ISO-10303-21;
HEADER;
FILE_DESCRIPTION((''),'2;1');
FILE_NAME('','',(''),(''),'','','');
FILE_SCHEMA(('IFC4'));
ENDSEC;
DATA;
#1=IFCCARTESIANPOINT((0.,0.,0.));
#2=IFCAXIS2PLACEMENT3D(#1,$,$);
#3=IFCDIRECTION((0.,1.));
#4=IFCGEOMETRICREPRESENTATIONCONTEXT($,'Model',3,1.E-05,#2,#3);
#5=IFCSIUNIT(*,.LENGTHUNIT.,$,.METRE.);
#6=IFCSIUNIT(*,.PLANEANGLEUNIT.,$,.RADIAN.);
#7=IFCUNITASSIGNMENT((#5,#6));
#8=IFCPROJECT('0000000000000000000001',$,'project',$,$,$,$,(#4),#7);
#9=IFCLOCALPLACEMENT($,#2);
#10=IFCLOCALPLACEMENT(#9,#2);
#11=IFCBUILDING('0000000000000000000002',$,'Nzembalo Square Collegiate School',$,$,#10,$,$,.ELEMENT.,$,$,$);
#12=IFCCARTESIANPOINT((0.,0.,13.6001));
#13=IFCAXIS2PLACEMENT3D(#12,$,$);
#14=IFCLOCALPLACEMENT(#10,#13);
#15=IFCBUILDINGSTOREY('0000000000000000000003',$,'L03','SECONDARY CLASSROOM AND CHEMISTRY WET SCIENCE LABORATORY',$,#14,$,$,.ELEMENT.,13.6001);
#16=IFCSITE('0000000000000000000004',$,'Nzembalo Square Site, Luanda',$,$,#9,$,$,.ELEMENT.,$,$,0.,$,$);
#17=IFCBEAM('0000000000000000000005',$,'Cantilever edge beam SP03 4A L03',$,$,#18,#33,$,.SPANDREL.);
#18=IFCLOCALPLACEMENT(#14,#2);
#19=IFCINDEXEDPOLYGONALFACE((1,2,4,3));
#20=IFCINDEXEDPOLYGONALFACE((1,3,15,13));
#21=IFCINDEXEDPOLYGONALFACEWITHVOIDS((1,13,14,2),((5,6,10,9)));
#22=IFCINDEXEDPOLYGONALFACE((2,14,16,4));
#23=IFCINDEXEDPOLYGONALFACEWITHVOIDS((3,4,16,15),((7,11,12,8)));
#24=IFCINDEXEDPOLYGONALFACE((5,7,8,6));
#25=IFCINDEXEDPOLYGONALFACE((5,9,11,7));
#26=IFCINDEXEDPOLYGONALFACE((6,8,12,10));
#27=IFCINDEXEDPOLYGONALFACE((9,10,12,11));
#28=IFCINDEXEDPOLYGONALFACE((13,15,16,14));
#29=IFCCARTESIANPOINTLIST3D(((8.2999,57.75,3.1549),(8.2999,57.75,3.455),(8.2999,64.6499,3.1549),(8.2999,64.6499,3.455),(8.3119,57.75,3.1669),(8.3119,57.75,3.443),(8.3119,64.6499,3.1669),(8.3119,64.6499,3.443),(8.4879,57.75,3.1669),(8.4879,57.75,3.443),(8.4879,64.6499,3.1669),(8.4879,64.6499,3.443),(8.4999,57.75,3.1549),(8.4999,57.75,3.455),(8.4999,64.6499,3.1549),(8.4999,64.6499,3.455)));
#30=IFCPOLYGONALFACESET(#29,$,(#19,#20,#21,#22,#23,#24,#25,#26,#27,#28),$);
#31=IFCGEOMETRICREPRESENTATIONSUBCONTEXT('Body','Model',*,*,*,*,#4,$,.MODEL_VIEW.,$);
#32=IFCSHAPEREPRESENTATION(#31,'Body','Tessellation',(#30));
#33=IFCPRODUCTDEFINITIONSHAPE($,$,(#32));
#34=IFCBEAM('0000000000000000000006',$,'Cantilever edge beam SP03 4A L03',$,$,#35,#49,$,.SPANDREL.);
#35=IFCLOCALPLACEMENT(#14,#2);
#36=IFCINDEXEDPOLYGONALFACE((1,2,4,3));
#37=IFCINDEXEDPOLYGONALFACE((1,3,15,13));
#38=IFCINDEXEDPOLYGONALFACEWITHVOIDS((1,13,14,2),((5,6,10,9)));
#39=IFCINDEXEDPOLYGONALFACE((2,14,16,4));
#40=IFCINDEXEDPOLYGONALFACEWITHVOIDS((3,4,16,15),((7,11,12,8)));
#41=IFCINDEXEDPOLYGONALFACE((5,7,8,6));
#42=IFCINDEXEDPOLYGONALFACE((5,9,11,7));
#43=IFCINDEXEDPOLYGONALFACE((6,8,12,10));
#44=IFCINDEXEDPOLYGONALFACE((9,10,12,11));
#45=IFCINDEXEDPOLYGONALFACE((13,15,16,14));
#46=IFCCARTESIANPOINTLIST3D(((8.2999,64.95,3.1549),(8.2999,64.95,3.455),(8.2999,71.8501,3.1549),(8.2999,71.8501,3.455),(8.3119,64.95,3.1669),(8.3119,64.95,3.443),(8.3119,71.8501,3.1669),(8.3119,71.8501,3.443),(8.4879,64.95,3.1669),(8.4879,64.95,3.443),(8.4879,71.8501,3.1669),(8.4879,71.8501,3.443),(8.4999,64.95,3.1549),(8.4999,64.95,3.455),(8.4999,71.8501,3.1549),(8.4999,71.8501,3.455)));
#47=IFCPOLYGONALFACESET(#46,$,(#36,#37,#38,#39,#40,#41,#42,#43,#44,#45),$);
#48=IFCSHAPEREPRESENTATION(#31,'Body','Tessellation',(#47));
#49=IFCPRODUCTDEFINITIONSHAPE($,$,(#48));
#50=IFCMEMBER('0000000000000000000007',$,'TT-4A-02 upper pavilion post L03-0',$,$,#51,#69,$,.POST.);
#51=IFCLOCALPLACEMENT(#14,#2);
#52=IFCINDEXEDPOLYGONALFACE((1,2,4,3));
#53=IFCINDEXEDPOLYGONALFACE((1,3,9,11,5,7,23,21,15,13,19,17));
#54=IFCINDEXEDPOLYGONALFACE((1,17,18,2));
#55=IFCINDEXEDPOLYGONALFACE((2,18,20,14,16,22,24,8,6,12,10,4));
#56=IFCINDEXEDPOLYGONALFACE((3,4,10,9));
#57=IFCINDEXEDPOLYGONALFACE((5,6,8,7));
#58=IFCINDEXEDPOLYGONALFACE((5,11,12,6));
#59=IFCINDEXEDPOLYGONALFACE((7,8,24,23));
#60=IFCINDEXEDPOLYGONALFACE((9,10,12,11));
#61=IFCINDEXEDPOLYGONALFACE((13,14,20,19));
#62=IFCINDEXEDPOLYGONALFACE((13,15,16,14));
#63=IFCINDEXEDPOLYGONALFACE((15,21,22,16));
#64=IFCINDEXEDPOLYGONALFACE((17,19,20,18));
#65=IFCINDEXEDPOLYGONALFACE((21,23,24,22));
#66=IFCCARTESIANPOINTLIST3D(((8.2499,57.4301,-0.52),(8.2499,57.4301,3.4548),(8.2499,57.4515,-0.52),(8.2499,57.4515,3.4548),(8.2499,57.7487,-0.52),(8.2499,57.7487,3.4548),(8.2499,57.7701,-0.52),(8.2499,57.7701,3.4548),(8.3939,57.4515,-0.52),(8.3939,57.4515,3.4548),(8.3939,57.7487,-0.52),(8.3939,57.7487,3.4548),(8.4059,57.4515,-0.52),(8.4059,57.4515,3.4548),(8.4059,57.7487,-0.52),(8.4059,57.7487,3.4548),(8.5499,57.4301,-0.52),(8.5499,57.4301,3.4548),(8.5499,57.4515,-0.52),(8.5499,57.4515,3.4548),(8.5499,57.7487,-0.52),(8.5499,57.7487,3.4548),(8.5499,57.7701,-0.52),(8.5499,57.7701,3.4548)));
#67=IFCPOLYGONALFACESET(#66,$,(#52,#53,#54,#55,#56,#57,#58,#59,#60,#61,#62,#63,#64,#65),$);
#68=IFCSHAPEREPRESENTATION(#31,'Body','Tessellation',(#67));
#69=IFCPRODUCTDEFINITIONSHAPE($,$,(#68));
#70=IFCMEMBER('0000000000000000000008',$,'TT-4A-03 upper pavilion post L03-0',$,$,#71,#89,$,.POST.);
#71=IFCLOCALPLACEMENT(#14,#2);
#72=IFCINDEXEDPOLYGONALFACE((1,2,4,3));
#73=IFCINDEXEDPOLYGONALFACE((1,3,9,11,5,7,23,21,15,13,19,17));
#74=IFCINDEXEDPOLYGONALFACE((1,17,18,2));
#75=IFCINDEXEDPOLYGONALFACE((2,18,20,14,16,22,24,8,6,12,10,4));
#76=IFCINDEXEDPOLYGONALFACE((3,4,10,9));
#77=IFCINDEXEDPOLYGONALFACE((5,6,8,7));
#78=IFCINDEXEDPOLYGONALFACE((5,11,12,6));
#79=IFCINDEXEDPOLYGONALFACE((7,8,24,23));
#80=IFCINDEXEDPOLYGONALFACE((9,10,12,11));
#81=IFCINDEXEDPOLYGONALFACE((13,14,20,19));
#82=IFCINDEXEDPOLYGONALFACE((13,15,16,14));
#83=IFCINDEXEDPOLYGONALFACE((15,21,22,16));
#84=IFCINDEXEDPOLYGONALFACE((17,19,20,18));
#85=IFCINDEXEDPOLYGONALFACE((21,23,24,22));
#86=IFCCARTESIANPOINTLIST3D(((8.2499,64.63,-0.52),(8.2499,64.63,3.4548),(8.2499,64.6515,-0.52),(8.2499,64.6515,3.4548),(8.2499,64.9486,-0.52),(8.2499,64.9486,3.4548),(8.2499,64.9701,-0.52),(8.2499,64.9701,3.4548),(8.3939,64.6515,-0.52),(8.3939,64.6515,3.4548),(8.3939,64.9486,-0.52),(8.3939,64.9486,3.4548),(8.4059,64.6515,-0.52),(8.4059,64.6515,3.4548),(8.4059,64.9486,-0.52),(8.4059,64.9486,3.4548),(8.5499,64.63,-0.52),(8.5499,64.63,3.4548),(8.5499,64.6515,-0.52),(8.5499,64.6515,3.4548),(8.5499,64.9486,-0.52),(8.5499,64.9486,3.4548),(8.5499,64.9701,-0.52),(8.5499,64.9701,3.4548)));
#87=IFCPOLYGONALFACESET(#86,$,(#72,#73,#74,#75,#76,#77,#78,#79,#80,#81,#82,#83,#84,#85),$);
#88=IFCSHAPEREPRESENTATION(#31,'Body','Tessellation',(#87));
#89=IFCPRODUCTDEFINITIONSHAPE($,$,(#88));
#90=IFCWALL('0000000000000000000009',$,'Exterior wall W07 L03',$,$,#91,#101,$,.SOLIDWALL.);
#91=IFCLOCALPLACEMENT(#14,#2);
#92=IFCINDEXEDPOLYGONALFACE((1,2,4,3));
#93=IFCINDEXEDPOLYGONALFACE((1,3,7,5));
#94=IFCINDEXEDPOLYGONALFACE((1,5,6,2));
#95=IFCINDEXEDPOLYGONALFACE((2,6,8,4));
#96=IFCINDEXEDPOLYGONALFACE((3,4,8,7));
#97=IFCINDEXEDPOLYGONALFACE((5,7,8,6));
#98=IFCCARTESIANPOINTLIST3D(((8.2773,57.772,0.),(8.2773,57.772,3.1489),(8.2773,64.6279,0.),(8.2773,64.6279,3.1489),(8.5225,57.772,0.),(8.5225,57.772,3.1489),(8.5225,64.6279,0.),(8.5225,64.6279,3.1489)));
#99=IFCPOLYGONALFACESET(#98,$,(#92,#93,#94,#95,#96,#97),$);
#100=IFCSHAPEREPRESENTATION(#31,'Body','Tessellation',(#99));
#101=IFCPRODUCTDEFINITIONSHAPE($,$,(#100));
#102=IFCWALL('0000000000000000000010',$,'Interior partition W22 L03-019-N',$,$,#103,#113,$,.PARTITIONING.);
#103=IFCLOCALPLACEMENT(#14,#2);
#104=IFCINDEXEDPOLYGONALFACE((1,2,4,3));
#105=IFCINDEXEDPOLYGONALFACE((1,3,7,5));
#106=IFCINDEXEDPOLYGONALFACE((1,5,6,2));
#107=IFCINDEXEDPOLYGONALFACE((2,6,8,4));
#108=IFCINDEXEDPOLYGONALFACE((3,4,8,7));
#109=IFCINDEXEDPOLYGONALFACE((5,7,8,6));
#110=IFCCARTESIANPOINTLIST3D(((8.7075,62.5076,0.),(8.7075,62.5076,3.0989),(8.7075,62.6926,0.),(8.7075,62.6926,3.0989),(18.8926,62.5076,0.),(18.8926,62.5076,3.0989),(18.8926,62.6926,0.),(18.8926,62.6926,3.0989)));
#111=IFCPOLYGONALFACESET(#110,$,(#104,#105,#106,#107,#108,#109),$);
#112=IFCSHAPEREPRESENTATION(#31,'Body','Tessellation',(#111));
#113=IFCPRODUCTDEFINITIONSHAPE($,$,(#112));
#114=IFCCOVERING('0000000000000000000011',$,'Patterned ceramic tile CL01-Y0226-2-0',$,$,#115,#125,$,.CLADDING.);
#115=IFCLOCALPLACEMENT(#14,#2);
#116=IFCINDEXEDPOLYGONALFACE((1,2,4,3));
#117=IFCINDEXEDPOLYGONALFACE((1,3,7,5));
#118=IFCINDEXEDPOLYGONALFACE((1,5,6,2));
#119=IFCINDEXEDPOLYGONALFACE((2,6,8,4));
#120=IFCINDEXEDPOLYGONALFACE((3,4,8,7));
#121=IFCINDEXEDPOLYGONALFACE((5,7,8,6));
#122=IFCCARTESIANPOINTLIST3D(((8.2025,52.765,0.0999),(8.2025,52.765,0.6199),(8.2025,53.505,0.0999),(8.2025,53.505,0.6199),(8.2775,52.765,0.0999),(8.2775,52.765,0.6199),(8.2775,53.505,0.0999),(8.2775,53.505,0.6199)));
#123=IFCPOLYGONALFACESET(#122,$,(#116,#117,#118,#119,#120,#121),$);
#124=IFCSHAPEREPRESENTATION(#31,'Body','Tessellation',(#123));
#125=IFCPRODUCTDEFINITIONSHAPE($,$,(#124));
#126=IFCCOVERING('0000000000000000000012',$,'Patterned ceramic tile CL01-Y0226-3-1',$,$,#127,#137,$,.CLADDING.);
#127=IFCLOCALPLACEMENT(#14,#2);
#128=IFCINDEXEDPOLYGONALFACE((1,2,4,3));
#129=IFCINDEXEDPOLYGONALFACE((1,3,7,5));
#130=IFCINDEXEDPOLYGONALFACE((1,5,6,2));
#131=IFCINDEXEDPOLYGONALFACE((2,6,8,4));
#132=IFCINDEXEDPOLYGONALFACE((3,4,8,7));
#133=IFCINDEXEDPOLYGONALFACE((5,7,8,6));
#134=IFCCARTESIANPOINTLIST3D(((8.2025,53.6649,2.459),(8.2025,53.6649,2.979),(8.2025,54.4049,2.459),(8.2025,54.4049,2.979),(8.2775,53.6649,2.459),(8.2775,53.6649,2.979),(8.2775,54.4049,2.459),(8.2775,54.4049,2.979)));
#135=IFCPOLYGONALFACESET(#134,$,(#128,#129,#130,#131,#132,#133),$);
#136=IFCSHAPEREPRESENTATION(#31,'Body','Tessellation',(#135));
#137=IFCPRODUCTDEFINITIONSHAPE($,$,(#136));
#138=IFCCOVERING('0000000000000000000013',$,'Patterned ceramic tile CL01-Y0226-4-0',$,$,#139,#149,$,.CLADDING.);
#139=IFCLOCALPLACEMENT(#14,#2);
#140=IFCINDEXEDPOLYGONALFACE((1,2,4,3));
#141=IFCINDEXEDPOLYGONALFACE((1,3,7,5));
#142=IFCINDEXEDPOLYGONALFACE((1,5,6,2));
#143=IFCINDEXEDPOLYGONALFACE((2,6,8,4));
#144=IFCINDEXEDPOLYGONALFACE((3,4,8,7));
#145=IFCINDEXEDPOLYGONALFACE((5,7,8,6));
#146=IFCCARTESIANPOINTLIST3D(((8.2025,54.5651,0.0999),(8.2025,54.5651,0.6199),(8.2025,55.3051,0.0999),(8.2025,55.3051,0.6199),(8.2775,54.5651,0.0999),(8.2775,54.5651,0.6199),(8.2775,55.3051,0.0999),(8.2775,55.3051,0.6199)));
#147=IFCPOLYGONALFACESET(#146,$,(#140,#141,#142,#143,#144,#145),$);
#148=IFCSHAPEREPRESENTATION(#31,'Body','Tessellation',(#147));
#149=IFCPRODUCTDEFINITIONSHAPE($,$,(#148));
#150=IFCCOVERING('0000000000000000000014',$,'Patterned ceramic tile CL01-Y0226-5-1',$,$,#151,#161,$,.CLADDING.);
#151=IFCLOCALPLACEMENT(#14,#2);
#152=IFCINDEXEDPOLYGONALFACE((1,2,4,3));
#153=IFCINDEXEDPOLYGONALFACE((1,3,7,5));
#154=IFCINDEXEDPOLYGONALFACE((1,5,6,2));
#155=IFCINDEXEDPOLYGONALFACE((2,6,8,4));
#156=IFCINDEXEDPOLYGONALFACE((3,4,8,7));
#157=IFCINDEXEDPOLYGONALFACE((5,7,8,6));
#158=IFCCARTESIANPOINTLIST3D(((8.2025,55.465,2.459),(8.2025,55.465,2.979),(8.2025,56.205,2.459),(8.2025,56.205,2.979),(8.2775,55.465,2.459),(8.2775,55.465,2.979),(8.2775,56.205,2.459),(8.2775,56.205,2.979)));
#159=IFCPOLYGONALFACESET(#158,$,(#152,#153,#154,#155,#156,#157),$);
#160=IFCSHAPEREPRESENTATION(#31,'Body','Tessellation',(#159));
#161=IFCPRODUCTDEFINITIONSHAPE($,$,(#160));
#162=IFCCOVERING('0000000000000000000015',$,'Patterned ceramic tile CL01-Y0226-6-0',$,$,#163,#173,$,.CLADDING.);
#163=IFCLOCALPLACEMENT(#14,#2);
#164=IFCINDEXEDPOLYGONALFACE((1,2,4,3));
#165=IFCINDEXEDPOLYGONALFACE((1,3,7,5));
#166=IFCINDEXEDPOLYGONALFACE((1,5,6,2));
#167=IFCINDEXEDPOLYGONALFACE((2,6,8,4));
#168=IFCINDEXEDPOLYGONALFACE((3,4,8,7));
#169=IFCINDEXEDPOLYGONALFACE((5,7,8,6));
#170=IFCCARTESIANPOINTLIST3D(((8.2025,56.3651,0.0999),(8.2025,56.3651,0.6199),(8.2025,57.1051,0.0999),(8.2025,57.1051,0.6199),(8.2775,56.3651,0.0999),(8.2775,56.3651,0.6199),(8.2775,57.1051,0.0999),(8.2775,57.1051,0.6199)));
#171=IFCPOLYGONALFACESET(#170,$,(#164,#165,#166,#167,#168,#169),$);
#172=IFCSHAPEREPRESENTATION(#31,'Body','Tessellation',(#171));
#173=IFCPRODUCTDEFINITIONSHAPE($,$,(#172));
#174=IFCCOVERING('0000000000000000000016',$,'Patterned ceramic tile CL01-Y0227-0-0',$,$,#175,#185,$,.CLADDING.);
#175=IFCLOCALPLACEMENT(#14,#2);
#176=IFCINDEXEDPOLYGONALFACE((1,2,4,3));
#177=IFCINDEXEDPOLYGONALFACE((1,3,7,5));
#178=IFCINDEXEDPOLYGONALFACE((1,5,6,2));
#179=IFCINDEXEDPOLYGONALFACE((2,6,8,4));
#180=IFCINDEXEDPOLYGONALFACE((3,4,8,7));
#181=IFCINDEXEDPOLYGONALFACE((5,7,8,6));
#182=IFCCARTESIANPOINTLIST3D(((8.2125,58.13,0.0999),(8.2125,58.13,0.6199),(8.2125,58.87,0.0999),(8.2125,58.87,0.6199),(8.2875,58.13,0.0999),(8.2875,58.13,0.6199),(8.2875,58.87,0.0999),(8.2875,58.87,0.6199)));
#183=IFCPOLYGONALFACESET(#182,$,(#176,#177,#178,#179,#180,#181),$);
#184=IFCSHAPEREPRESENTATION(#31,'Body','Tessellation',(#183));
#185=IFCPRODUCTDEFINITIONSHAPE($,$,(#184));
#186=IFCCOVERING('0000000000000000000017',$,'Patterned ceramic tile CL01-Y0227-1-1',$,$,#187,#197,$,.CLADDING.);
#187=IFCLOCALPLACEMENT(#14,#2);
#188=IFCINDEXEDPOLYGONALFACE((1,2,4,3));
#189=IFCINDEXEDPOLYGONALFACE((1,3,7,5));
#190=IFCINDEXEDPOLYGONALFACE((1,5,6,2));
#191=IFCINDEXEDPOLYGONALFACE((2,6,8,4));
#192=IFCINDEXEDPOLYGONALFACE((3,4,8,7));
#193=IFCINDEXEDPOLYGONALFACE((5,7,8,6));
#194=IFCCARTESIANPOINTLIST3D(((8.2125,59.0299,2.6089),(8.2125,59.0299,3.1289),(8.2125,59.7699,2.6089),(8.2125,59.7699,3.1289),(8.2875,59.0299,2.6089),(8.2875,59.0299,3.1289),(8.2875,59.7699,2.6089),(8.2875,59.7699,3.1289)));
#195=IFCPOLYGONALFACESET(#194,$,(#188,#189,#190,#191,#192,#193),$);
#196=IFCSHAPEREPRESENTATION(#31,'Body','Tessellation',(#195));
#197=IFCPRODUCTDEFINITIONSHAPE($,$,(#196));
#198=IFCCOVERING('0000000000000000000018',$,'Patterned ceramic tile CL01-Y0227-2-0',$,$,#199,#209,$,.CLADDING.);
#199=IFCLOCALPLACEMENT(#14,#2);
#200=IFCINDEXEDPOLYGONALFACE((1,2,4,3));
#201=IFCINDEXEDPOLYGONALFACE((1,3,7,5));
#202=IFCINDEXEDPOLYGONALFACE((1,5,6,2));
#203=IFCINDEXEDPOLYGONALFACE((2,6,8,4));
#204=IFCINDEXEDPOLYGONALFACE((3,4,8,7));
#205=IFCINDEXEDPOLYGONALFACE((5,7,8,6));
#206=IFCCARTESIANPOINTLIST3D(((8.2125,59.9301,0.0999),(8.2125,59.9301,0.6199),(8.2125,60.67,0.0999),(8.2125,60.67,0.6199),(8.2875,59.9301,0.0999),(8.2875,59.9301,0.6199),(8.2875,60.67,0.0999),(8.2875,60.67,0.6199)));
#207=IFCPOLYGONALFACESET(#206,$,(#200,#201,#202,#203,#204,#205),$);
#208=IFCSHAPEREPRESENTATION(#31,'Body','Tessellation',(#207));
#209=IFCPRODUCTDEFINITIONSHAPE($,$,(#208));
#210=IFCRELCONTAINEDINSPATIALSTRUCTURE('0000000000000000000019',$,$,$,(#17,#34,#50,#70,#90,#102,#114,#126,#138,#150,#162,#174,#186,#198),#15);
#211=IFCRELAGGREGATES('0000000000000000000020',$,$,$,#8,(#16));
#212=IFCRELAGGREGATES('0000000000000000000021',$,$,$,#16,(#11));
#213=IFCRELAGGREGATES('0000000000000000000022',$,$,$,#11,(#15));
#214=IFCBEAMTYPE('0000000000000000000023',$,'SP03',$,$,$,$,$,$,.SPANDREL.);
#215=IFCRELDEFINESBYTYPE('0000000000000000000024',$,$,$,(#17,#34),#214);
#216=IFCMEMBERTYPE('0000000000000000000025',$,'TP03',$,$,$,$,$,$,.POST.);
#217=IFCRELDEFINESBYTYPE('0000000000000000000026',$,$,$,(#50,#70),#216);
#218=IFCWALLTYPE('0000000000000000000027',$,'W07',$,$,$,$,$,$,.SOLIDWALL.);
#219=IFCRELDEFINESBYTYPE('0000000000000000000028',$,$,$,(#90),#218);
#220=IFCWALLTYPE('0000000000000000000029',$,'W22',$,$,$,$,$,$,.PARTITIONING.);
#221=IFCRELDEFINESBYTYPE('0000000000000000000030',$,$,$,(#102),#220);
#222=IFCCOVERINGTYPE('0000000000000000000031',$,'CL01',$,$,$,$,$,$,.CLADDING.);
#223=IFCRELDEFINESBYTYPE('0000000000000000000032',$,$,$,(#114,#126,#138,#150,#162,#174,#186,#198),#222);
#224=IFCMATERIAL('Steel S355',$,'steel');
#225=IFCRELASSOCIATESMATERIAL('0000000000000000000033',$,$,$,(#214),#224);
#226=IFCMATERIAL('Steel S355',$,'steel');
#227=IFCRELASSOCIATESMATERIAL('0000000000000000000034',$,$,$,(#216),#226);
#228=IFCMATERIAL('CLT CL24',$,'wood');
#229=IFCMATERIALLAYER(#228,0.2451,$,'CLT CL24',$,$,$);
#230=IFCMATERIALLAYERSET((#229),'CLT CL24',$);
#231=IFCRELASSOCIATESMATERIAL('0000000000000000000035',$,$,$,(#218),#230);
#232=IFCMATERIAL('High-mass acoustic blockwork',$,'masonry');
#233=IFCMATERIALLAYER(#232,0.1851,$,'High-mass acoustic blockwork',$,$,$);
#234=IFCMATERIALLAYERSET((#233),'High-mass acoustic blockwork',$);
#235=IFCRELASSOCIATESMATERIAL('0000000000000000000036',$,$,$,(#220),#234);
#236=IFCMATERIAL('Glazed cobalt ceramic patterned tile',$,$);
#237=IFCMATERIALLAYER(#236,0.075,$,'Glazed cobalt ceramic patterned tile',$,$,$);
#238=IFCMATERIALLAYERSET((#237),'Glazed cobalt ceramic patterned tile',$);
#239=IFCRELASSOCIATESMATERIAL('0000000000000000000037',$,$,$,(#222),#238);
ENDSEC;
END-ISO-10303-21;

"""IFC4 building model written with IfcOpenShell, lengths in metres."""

from ifc_helpers import new_model, si_unit, direction, frame, frame_2d, origin, origin_2d, place, context, subcontext, project, spatial, rectangle, hollow_rectangle, i_section, extrude, material, layer, layer_set, material_profile, profile_set, type_object, element, save


model = new_model("IFC4")

# Units and contexts
model_context = context("Model", 3, precision=1e-05, world=origin(), true_north=direction((0.0, 1.0)))
body_context = subcontext(model_context, "Body", "Model", "MODEL_VIEW")
ifc_project = project(units=[si_unit("LENGTHUNIT", "METRE"), si_unit("PLANEANGLEUNIT", "RADIAN")], contexts=[model_context])

# Site, building, storey
site_placement = place(None, origin())
site = spatial("IfcSite", under=ifc_project, at=site_placement, Name="Nzembalo Square Site, Luanda", CompositionType="ELEMENT", RefElevation=0.0)
building_placement = place(site_placement, origin())
building = spatial("IfcBuilding", under=site, at=building_placement, Name="Nzembalo Square Collegiate School", CompositionType="ELEMENT")
storey_placement = place(building_placement, frame((0.0, 0.0, 13.6001)))
storey = spatial("IfcBuildingStorey", under=building, at=storey_placement, Name="L03", Description="SECONDARY CLASSROOM AND CHEMISTRY WET SCIENCE LABORATORY", CompositionType="ELEMENT", Elevation=13.6001)

# Beams
ifc_material_1 = material(Name="Steel S355", Category="steel")
ifc_material_profile_1 = material_profile(ifc_material_1, hollow_rectangle(XDim=0.2, YDim=0.3, WallThickness=0.012, at=origin_2d()), Name="RHS 300x200x12")
ifc_profile_set_1 = profile_set([ifc_material_profile_1], Name="Steel S355")
beam_type = type_object("IfcBeamType", Name="SP03", PredefinedType="SPANDREL", material=ifc_profile_set_1)
beam_1_placement = place(storey_placement, frame((8.3999, 57.75, 3.3049), z_axis=(0.0, 1.0, 0.0), x_axis=(-1.0, 0.0, 0.0)))
element("IfcBeam", 1, at=beam_1_placement, inside=storey, type_object=beam_type, Name="Cantilever edge beam SP03 4A L03", PredefinedType="SPANDREL", context=body_context, shape_type="SweptSolid", body=[
    extrude(hollow_rectangle(XDim=0.2, YDim=0.3, WallThickness=0.012, at=origin_2d()), origin(), (0.0, 0.0, 1.0), 6.8999),
])
beam_2_placement = place(storey_placement, frame((8.3999, 64.95, 3.3049), z_axis=(0.0, 1.0, 0.0), x_axis=(-1.0, 0.0, 0.0)))
element("IfcBeam", 2, at=beam_2_placement, inside=storey, type_object=beam_type, Name="Cantilever edge beam SP03 4A L03", PredefinedType="SPANDREL", context=body_context, shape_type="SweptSolid", body=[
    extrude(hollow_rectangle(XDim=0.2, YDim=0.3, WallThickness=0.012, at=origin_2d()), origin(), (0.0, 0.0, 1.0), 6.9001),
])

# Members
ifc_material_2 = material(Name="Steel S355", Category="steel")
ifc_material_profile_2 = material_profile(ifc_material_2, i_section(OverallWidth=0.3, OverallDepth=0.3401, WebThickness=0.012, FlangeThickness=0.0215, at=origin_2d()), Name="HEB 340")
ifc_profile_set_2 = profile_set([ifc_material_profile_2], Name="Steel S355")
member_type = type_object("IfcMemberType", Name="TP03", PredefinedType="POST", material=ifc_profile_set_2)
for number, where, z_axis, x_axis, name in (
    (3, (8.3999, 57.6001, -0.52), (0.0, 0.0, 1.0), (1.0, 0.0, 0.0), "TT-4A-02 upper pavilion post L03-0"),
    (4, (8.3999, 64.8, -0.52), (0.0, 0.0, 1.0), (1.0, 0.0, 0.0), "TT-4A-03 upper pavilion post L03-0"),
):
    element("IfcMember", number, at=place(storey_placement, frame(where, z_axis=z_axis, x_axis=x_axis)), inside=storey, type_object=member_type, Name=name, PredefinedType="POST", context=body_context, shape_type="SweptSolid", body=[
        extrude(i_section(OverallWidth=0.3, OverallDepth=0.3401, WebThickness=0.012, FlangeThickness=0.0215, at=origin_2d()), origin(), (0.0, 0.0, 1.0), 3.9749),
    ])

# Walls
ifc_material_3 = material(Name="CLT CL24", Category="wood")
ifc_layer_1 = layer(ifc_material_3, 0.2451, Name="CLT CL24")
ifc_layer_set_1 = layer_set([ifc_layer_1], Name="CLT CL24")
wall_type_1 = type_object("IfcWallType", Name="W07", PredefinedType="SOLIDWALL", material=ifc_layer_set_1)
wall_1_placement = place(storey_placement, frame((8.3999, 57.772, 0.0), z_axis=(0.0, 0.0, 1.0), x_axis=(0.0, 1.0, 0.0)))
element("IfcWall", 5, at=wall_1_placement, inside=storey, type_object=wall_type_1, Name="Exterior wall W07 L03", PredefinedType="SOLIDWALL", context=body_context, shape_type="SweptSolid", body=[
    extrude(rectangle(XDim=6.856, YDim=0.2451, at=frame_2d((3.428, 0.0))), origin(), (0.0, 0.0, 1.0), 3.1489),
])
ifc_material_4 = material(Name="High-mass acoustic blockwork", Category="masonry")
ifc_layer_2 = layer(ifc_material_4, 0.1851, Name="High-mass acoustic blockwork")
ifc_layer_set_2 = layer_set([ifc_layer_2], Name="High-mass acoustic blockwork")
wall_type_2 = type_object("IfcWallType", Name="W22", PredefinedType="PARTITIONING", material=ifc_layer_set_2)
wall_2_placement = place(storey_placement, frame((8.7075, 62.6001, 0.0), z_axis=(0.0, 0.0, 1.0), x_axis=(1.0, 0.0, 0.0)))
element("IfcWall", 6, at=wall_2_placement, inside=storey, type_object=wall_type_2, Name="Interior partition W22 L03-019-N", PredefinedType="PARTITIONING", context=body_context, shape_type="SweptSolid", body=[
    extrude(rectangle(XDim=10.1851, YDim=0.1851, at=frame_2d((5.0925, 0.0))), origin(), (0.0, 0.0, 1.0), 3.0989),
])

# Coverings
ifc_material_5 = material(Name="Glazed cobalt ceramic patterned tile")
ifc_layer_3 = layer(ifc_material_5, 0.075, Name="Glazed cobalt ceramic patterned tile")
ifc_layer_set_3 = layer_set([ifc_layer_3], Name="Glazed cobalt ceramic patterned tile")
covering_type_1 = type_object("IfcCoveringType", Name="CL01", PredefinedType="CLADDING", material=ifc_layer_set_3)
for number, where, z_axis, x_axis, name in (
    (7, (8.24, 53.135, 0.0999), (0.0, 0.0, 1.0), (1.0, 0.0, 0.0), "Patterned ceramic tile CL01-Y0226-2-0"),
    (8, (8.24, 54.0349, 2.459), (0.0, 0.0, 1.0), (1.0, 0.0, 0.0), "Patterned ceramic tile CL01-Y0226-3-1"),
    (9, (8.24, 54.9351, 0.0999), (0.0, 0.0, 1.0), (1.0, 0.0, 0.0), "Patterned ceramic tile CL01-Y0226-4-0"),
    (10, (8.24, 55.835, 2.459), (0.0, 0.0, 1.0), (1.0, 0.0, 0.0), "Patterned ceramic tile CL01-Y0226-5-1"),
    (11, (8.24, 56.7351, 0.0999), (0.0, 0.0, 1.0), (1.0, 0.0, 0.0), "Patterned ceramic tile CL01-Y0226-6-0"),
    (12, (8.25, 58.5, 0.0999), (0.0, 0.0, 1.0), (1.0, 0.0, 0.0), "Patterned ceramic tile CL01-Y0227-0-0"),
    (13, (8.25, 59.3999, 2.6089), (0.0, 0.0, 1.0), (1.0, 0.0, 0.0), "Patterned ceramic tile CL01-Y0227-1-1"),
    (14, (8.25, 60.3, 0.0999), (0.0, 0.0, 1.0), (1.0, 0.0, 0.0), "Patterned ceramic tile CL01-Y0227-2-0"),
):
    element("IfcCovering", number, at=place(storey_placement, frame(where, z_axis=z_axis, x_axis=x_axis)), inside=storey, type_object=covering_type_1, Name=name, PredefinedType="CLADDING", context=body_context, shape_type="SweptSolid", body=[
        extrude(rectangle(XDim=0.075, YDim=0.74, at=origin_2d()), origin(), (0.0, 0.0, 1.0), 0.52),
    ])

save(model, "model.ifc")
